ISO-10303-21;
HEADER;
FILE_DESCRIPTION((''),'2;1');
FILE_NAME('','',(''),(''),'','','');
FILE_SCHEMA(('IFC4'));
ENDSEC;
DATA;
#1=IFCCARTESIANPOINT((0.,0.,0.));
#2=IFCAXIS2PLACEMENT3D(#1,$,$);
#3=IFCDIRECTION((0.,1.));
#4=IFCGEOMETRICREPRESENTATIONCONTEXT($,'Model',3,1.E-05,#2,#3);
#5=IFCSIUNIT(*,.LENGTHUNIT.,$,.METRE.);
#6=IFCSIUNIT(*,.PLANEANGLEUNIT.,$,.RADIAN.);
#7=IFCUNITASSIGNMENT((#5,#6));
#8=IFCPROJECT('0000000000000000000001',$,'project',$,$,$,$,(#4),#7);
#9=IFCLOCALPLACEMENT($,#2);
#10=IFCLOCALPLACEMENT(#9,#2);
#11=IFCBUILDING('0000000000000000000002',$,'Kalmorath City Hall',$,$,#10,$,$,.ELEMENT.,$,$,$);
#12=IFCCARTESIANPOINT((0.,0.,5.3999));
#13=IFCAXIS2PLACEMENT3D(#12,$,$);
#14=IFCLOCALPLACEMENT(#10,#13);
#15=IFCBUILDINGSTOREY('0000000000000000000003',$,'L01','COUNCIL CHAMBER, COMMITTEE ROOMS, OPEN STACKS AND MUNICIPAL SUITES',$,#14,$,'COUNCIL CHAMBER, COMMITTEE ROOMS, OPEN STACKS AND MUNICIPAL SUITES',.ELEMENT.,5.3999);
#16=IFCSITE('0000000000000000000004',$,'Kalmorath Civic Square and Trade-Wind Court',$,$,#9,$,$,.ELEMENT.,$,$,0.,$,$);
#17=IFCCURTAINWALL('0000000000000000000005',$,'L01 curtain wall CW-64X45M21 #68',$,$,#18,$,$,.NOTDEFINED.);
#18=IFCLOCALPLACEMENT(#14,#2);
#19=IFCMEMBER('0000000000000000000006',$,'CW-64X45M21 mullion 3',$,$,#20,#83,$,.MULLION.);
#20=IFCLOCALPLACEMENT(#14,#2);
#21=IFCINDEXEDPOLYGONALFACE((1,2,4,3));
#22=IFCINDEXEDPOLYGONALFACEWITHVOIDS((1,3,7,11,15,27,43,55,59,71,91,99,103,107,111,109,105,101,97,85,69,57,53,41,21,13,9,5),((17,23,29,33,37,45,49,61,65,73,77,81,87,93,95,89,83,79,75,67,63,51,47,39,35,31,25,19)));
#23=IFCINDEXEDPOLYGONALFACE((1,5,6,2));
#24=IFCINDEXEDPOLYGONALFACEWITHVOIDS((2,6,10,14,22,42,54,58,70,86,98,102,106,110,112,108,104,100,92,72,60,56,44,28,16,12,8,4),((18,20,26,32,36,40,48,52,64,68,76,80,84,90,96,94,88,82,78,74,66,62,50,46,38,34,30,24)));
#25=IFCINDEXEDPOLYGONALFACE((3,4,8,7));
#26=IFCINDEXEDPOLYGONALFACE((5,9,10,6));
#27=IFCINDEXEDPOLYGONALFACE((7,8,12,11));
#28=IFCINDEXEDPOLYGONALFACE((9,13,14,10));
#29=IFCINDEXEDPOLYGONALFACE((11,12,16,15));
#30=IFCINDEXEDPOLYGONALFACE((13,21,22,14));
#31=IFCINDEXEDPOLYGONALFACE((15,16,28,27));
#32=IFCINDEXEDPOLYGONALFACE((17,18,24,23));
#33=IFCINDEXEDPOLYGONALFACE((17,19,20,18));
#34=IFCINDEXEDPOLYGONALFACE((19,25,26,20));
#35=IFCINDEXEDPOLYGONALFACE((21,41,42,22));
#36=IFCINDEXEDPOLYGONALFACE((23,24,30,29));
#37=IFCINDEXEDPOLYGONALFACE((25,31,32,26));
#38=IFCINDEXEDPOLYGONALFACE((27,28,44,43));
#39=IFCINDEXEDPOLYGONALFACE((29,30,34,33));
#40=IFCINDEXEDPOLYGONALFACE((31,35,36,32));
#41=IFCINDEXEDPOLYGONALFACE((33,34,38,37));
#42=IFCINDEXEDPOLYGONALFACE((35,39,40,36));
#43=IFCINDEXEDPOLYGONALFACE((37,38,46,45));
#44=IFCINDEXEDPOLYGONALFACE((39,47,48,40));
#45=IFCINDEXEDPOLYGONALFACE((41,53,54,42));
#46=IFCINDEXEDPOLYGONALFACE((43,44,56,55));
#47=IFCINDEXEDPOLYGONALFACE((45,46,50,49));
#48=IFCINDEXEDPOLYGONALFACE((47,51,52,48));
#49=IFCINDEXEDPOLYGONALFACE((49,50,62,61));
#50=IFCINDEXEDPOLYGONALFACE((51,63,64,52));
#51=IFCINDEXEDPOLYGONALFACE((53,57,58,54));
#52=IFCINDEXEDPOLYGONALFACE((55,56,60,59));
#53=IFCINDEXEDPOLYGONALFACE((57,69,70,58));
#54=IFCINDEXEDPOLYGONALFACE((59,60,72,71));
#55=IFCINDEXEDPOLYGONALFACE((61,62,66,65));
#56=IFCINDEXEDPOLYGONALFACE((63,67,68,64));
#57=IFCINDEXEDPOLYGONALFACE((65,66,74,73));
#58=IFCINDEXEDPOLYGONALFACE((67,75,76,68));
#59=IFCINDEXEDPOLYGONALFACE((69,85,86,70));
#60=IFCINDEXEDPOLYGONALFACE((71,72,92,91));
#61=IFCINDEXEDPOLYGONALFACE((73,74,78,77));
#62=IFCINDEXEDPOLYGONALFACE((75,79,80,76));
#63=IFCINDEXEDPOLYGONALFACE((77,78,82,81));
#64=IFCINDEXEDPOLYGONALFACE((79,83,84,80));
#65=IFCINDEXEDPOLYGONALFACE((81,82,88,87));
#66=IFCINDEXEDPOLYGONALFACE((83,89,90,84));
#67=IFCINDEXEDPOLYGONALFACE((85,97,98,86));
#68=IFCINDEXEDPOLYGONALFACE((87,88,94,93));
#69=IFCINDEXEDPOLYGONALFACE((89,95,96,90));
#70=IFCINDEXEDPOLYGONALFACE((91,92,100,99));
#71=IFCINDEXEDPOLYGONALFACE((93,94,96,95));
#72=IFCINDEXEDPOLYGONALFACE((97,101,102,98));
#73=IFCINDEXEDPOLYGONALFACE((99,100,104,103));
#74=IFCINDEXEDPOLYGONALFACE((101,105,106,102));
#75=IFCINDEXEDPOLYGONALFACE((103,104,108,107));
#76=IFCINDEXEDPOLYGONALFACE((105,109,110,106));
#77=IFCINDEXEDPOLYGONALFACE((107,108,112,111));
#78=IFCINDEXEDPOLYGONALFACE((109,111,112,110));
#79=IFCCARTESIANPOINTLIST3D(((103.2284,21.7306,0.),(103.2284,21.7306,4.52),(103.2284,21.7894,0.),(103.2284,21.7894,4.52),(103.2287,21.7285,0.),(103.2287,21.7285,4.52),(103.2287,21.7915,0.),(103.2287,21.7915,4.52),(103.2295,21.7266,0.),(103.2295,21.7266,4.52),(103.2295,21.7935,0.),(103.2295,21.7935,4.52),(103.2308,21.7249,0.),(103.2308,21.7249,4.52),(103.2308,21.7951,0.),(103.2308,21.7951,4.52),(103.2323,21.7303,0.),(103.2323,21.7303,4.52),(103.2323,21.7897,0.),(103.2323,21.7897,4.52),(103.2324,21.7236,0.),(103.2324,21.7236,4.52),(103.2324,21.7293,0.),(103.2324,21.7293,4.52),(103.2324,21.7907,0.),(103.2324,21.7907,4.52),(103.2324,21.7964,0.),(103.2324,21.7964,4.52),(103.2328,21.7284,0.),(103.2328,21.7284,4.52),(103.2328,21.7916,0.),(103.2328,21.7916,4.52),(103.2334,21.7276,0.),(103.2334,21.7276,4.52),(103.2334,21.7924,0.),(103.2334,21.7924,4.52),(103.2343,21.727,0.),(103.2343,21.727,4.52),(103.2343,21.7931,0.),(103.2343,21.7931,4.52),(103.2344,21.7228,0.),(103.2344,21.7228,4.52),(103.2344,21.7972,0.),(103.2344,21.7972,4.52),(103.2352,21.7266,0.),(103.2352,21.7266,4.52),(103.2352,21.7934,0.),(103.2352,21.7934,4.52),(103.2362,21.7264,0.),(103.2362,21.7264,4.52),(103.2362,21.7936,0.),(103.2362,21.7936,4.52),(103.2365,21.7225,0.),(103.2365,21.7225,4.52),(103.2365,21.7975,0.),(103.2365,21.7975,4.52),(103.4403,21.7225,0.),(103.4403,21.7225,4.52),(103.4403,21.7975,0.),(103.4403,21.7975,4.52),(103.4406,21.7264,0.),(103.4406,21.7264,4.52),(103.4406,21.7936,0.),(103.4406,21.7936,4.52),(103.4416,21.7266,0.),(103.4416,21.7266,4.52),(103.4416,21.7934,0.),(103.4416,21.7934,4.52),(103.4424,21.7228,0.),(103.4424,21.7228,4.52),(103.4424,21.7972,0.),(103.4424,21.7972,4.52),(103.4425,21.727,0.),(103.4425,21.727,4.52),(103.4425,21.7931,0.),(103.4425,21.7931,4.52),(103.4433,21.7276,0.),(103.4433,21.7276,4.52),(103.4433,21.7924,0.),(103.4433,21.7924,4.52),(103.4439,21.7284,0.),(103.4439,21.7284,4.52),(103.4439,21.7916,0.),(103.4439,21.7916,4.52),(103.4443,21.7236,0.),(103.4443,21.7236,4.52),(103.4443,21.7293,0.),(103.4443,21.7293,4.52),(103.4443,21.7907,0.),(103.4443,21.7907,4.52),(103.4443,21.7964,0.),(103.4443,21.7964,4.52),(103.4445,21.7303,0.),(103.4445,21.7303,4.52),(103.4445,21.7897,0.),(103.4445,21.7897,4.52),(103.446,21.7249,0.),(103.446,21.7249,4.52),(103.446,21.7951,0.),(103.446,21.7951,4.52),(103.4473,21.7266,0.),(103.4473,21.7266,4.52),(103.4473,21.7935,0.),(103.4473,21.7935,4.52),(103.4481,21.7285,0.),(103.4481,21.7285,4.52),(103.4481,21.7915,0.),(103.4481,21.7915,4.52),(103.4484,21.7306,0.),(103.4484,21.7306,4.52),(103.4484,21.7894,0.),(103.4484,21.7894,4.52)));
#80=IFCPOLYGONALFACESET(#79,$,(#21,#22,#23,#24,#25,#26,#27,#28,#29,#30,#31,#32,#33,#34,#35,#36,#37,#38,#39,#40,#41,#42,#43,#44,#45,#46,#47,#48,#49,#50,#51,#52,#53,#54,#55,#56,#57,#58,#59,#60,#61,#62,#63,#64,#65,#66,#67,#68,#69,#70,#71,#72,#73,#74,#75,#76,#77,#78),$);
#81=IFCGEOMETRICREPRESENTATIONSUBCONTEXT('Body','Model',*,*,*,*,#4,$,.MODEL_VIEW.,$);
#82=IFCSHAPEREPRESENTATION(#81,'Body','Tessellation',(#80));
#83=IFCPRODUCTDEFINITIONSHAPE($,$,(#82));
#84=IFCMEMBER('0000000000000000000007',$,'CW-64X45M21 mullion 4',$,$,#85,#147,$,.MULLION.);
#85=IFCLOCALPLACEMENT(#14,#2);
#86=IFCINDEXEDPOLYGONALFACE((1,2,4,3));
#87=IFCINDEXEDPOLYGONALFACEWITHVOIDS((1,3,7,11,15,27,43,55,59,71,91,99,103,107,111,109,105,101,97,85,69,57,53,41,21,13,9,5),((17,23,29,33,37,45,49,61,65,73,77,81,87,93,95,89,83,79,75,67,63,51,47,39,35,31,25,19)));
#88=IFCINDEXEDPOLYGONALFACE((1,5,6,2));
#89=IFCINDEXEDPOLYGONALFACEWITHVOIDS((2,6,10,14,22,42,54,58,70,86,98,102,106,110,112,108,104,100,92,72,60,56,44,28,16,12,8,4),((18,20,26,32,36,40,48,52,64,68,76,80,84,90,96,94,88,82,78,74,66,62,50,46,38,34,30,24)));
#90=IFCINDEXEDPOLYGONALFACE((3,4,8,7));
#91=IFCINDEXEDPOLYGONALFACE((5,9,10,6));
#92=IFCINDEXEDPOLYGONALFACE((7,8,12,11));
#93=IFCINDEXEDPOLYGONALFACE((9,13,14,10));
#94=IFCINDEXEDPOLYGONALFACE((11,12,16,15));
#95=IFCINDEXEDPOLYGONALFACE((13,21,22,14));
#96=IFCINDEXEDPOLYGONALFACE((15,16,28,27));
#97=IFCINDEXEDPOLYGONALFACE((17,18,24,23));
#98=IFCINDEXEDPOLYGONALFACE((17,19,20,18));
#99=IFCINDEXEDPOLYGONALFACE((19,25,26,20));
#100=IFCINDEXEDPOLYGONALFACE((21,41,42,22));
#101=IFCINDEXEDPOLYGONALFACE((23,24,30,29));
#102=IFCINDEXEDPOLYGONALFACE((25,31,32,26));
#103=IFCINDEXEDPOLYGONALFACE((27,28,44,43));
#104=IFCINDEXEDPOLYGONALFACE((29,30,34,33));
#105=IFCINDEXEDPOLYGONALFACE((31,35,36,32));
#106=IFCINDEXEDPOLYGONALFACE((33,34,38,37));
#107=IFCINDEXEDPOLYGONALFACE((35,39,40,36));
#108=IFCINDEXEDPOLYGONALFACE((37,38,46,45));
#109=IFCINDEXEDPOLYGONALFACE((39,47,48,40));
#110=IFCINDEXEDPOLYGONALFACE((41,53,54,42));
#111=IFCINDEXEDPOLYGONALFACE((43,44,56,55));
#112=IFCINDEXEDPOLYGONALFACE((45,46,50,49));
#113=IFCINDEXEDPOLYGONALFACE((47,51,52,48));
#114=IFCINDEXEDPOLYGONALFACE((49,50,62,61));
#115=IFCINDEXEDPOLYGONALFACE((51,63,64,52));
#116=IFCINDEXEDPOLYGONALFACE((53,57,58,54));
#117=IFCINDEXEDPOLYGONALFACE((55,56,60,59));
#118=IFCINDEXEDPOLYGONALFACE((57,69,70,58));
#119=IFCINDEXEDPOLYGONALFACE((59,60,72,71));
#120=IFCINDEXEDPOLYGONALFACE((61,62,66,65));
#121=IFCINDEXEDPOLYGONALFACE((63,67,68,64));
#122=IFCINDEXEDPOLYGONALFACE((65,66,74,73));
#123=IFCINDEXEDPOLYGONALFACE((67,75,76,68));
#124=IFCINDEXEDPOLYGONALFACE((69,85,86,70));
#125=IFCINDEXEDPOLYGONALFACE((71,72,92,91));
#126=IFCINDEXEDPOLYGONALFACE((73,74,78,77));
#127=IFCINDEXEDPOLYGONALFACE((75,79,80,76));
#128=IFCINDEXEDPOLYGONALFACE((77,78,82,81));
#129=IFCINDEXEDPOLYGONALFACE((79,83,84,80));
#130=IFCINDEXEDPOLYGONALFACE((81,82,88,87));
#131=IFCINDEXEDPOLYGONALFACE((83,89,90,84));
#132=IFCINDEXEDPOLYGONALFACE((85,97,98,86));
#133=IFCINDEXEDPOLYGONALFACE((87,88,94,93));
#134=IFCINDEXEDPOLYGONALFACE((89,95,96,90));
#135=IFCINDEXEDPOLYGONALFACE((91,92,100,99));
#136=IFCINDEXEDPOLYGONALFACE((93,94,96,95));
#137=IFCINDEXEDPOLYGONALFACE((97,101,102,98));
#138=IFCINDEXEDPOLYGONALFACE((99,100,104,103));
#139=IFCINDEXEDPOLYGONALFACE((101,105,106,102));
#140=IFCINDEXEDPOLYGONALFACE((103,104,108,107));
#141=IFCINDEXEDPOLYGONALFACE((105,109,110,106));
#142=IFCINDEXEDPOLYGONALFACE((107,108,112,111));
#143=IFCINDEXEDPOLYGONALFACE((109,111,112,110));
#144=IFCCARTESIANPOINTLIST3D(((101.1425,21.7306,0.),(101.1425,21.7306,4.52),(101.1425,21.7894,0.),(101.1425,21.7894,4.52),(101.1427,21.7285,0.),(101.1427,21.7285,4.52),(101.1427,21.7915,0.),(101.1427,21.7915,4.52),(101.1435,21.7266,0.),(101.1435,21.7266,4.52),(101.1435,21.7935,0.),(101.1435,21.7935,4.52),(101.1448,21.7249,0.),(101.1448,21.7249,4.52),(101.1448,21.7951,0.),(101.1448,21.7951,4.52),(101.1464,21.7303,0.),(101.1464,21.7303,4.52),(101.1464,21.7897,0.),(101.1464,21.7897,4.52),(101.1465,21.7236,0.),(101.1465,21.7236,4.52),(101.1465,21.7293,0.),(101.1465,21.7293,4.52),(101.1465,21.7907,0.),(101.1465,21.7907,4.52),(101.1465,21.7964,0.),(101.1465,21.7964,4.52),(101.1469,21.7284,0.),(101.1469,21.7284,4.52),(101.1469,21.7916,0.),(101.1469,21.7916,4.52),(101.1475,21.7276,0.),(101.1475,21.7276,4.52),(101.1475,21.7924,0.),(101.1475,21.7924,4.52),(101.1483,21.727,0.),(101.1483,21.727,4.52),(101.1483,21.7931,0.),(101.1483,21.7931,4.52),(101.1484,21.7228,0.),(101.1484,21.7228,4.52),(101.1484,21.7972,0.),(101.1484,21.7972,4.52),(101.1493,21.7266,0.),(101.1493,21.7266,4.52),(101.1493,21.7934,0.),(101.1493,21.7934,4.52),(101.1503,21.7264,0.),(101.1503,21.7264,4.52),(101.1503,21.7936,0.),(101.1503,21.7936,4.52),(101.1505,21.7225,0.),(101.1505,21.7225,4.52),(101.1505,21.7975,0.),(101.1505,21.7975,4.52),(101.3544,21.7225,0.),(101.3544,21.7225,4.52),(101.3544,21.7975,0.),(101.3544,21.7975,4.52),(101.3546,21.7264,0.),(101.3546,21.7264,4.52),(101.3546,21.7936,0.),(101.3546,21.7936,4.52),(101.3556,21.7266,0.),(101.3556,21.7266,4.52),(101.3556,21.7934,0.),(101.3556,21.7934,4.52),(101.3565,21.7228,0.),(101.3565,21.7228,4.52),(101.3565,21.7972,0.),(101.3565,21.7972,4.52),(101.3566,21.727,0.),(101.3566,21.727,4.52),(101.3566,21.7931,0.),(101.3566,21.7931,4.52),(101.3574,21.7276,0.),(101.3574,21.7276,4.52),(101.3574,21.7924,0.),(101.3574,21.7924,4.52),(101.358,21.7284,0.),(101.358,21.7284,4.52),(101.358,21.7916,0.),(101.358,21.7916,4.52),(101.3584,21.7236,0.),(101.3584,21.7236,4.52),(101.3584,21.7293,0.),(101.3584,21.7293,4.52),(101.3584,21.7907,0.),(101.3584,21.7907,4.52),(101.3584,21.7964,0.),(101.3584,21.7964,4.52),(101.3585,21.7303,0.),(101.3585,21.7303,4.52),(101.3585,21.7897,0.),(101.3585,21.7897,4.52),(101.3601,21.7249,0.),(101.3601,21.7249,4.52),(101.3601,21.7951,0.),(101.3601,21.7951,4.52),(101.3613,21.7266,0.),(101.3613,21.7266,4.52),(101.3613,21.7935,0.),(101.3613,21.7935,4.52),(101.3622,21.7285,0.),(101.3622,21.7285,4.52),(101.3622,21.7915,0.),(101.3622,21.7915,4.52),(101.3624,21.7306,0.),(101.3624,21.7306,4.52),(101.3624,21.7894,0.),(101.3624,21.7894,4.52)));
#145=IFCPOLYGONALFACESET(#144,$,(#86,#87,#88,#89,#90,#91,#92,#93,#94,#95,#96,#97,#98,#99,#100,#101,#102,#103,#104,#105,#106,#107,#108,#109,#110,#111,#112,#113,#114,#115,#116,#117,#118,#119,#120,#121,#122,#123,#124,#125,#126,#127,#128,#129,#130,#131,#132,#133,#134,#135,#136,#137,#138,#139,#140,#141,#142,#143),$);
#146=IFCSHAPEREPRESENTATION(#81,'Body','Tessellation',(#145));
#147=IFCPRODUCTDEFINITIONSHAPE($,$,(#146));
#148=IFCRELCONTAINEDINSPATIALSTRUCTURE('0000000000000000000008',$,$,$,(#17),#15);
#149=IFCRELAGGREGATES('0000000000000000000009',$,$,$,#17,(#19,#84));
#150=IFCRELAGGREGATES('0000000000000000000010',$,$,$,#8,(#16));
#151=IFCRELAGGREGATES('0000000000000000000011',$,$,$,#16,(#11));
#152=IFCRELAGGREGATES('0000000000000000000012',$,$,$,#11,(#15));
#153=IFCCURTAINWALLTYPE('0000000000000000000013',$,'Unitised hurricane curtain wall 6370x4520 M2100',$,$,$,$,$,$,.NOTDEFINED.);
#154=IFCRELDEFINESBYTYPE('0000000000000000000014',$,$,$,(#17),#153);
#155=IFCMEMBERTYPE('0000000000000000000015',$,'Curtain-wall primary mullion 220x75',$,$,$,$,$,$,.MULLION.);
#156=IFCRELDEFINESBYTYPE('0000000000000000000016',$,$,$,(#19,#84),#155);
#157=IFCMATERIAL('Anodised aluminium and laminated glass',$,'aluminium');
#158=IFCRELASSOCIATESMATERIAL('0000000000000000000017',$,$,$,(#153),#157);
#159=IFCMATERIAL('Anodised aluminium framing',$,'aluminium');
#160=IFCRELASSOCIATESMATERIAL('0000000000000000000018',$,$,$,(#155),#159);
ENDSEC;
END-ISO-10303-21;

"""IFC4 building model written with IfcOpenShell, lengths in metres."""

from ifc_helpers import new_model, si_unit, direction, frame, origin, origin_2d, place, context, subcontext, project, spatial, hollow_rectangle, extrude, material, material_profile, profile_set, type_object, element, aggregate, save


model = new_model("IFC4")

# Units and contexts
model_context = context("Model", 3, precision=1e-05, world=origin(), true_north=direction((0.0, 1.0)))
body_context = subcontext(model_context, "Body", "Model", "MODEL_VIEW")
ifc_project = project(units=[si_unit("LENGTHUNIT", "METRE"), si_unit("PLANEANGLEUNIT", "RADIAN")], contexts=[model_context])

# Site, building, storey
site_placement = place(None, origin())
site = spatial("IfcSite", under=ifc_project, at=site_placement, Name="Kalmorath Civic Square and Trade-Wind Court", CompositionType="ELEMENT", RefElevation=0.0)
building_placement = place(site_placement, origin())
building = spatial("IfcBuilding", under=site, at=building_placement, Name="Kalmorath City Hall", CompositionType="ELEMENT")
storey_placement = place(building_placement, frame((0.0, 0.0, 5.3999)))
storey = spatial("IfcBuildingStorey", under=building, at=storey_placement, Name="L01", Description="COUNCIL CHAMBER, COMMITTEE ROOMS, OPEN STACKS AND MUNICIPAL SUITES", LongName="COUNCIL CHAMBER, COMMITTEE ROOMS, OPEN STACKS AND MUNICIPAL SUITES", CompositionType="ELEMENT", Elevation=5.3999)

# Curtain wall, members
ifc_material_1 = material(Name="Anodised aluminium and laminated glass", Category="aluminium")
curtain_wall_type_1 = type_object("IfcCurtainWallType", Name="Unitised hurricane curtain wall 6370x4520 M2100", PredefinedType="NOTDEFINED", material=ifc_material_1)
curtain_wall_1_placement = place(storey_placement, origin())
curtain_wall_1 = element("IfcCurtainWall", 1, at=curtain_wall_1_placement, inside=storey, type_object=curtain_wall_type_1, Name="L01 curtain wall CW-64X45M21 #68", PredefinedType="NOTDEFINED")
ifc_material_2 = material(Name="Anodised aluminium framing", Category="aluminium")
ifc_material_profile_1 = material_profile(ifc_material_2, hollow_rectangle(XDim=0.075, YDim=0.22, WallThickness=0.0039, InnerFilletRadius=0.0039, OuterFilletRadius=0.0081, at=origin_2d()), Name="ALU-MUL-220X75X4")
ifc_profile_set_1 = profile_set([ifc_material_profile_1], Name="Anodised aluminium framing")
member_type_1 = type_object("IfcMemberType", Name="Curtain-wall primary mullion 220x75", PredefinedType="MULLION", material=ifc_profile_set_1)
member_1_placement = place(storey_placement, frame((103.3384, 21.76, 0.0), z_axis=(0.0, 0.0, 1.0), x_axis=(0.0, -1.0, 0.0)))
member_1 = element("IfcMember", 2, at=member_1_placement, type_object=member_type_1, Name="CW-64X45M21 mullion 3", PredefinedType="MULLION", context=body_context, shape_type="SweptSolid", body=[
    extrude(hollow_rectangle(XDim=0.075, YDim=0.22, WallThickness=0.0039, InnerFilletRadius=0.0039, OuterFilletRadius=0.0081, at=origin_2d()), origin(), (0.0, 0.0, 1.0), 4.52),
])
member_2_placement = place(storey_placement, frame((101.2524, 21.76, 0.0), z_axis=(0.0, 0.0, 1.0), x_axis=(0.0, -1.0, 0.0)))
member_2 = element("IfcMember", 3, at=member_2_placement, type_object=member_type_1, Name="CW-64X45M21 mullion 4", PredefinedType="MULLION", context=body_context, shape_type="SweptSolid", body=[
    extrude(hollow_rectangle(XDim=0.075, YDim=0.22, WallThickness=0.0039, InnerFilletRadius=0.0039, OuterFilletRadius=0.0081, at=origin_2d()), origin(), (0.0, 0.0, 1.0), 4.52),
])

aggregate(curtain_wall_1, [member_1, member_2])

save(model, "model.ifc")
